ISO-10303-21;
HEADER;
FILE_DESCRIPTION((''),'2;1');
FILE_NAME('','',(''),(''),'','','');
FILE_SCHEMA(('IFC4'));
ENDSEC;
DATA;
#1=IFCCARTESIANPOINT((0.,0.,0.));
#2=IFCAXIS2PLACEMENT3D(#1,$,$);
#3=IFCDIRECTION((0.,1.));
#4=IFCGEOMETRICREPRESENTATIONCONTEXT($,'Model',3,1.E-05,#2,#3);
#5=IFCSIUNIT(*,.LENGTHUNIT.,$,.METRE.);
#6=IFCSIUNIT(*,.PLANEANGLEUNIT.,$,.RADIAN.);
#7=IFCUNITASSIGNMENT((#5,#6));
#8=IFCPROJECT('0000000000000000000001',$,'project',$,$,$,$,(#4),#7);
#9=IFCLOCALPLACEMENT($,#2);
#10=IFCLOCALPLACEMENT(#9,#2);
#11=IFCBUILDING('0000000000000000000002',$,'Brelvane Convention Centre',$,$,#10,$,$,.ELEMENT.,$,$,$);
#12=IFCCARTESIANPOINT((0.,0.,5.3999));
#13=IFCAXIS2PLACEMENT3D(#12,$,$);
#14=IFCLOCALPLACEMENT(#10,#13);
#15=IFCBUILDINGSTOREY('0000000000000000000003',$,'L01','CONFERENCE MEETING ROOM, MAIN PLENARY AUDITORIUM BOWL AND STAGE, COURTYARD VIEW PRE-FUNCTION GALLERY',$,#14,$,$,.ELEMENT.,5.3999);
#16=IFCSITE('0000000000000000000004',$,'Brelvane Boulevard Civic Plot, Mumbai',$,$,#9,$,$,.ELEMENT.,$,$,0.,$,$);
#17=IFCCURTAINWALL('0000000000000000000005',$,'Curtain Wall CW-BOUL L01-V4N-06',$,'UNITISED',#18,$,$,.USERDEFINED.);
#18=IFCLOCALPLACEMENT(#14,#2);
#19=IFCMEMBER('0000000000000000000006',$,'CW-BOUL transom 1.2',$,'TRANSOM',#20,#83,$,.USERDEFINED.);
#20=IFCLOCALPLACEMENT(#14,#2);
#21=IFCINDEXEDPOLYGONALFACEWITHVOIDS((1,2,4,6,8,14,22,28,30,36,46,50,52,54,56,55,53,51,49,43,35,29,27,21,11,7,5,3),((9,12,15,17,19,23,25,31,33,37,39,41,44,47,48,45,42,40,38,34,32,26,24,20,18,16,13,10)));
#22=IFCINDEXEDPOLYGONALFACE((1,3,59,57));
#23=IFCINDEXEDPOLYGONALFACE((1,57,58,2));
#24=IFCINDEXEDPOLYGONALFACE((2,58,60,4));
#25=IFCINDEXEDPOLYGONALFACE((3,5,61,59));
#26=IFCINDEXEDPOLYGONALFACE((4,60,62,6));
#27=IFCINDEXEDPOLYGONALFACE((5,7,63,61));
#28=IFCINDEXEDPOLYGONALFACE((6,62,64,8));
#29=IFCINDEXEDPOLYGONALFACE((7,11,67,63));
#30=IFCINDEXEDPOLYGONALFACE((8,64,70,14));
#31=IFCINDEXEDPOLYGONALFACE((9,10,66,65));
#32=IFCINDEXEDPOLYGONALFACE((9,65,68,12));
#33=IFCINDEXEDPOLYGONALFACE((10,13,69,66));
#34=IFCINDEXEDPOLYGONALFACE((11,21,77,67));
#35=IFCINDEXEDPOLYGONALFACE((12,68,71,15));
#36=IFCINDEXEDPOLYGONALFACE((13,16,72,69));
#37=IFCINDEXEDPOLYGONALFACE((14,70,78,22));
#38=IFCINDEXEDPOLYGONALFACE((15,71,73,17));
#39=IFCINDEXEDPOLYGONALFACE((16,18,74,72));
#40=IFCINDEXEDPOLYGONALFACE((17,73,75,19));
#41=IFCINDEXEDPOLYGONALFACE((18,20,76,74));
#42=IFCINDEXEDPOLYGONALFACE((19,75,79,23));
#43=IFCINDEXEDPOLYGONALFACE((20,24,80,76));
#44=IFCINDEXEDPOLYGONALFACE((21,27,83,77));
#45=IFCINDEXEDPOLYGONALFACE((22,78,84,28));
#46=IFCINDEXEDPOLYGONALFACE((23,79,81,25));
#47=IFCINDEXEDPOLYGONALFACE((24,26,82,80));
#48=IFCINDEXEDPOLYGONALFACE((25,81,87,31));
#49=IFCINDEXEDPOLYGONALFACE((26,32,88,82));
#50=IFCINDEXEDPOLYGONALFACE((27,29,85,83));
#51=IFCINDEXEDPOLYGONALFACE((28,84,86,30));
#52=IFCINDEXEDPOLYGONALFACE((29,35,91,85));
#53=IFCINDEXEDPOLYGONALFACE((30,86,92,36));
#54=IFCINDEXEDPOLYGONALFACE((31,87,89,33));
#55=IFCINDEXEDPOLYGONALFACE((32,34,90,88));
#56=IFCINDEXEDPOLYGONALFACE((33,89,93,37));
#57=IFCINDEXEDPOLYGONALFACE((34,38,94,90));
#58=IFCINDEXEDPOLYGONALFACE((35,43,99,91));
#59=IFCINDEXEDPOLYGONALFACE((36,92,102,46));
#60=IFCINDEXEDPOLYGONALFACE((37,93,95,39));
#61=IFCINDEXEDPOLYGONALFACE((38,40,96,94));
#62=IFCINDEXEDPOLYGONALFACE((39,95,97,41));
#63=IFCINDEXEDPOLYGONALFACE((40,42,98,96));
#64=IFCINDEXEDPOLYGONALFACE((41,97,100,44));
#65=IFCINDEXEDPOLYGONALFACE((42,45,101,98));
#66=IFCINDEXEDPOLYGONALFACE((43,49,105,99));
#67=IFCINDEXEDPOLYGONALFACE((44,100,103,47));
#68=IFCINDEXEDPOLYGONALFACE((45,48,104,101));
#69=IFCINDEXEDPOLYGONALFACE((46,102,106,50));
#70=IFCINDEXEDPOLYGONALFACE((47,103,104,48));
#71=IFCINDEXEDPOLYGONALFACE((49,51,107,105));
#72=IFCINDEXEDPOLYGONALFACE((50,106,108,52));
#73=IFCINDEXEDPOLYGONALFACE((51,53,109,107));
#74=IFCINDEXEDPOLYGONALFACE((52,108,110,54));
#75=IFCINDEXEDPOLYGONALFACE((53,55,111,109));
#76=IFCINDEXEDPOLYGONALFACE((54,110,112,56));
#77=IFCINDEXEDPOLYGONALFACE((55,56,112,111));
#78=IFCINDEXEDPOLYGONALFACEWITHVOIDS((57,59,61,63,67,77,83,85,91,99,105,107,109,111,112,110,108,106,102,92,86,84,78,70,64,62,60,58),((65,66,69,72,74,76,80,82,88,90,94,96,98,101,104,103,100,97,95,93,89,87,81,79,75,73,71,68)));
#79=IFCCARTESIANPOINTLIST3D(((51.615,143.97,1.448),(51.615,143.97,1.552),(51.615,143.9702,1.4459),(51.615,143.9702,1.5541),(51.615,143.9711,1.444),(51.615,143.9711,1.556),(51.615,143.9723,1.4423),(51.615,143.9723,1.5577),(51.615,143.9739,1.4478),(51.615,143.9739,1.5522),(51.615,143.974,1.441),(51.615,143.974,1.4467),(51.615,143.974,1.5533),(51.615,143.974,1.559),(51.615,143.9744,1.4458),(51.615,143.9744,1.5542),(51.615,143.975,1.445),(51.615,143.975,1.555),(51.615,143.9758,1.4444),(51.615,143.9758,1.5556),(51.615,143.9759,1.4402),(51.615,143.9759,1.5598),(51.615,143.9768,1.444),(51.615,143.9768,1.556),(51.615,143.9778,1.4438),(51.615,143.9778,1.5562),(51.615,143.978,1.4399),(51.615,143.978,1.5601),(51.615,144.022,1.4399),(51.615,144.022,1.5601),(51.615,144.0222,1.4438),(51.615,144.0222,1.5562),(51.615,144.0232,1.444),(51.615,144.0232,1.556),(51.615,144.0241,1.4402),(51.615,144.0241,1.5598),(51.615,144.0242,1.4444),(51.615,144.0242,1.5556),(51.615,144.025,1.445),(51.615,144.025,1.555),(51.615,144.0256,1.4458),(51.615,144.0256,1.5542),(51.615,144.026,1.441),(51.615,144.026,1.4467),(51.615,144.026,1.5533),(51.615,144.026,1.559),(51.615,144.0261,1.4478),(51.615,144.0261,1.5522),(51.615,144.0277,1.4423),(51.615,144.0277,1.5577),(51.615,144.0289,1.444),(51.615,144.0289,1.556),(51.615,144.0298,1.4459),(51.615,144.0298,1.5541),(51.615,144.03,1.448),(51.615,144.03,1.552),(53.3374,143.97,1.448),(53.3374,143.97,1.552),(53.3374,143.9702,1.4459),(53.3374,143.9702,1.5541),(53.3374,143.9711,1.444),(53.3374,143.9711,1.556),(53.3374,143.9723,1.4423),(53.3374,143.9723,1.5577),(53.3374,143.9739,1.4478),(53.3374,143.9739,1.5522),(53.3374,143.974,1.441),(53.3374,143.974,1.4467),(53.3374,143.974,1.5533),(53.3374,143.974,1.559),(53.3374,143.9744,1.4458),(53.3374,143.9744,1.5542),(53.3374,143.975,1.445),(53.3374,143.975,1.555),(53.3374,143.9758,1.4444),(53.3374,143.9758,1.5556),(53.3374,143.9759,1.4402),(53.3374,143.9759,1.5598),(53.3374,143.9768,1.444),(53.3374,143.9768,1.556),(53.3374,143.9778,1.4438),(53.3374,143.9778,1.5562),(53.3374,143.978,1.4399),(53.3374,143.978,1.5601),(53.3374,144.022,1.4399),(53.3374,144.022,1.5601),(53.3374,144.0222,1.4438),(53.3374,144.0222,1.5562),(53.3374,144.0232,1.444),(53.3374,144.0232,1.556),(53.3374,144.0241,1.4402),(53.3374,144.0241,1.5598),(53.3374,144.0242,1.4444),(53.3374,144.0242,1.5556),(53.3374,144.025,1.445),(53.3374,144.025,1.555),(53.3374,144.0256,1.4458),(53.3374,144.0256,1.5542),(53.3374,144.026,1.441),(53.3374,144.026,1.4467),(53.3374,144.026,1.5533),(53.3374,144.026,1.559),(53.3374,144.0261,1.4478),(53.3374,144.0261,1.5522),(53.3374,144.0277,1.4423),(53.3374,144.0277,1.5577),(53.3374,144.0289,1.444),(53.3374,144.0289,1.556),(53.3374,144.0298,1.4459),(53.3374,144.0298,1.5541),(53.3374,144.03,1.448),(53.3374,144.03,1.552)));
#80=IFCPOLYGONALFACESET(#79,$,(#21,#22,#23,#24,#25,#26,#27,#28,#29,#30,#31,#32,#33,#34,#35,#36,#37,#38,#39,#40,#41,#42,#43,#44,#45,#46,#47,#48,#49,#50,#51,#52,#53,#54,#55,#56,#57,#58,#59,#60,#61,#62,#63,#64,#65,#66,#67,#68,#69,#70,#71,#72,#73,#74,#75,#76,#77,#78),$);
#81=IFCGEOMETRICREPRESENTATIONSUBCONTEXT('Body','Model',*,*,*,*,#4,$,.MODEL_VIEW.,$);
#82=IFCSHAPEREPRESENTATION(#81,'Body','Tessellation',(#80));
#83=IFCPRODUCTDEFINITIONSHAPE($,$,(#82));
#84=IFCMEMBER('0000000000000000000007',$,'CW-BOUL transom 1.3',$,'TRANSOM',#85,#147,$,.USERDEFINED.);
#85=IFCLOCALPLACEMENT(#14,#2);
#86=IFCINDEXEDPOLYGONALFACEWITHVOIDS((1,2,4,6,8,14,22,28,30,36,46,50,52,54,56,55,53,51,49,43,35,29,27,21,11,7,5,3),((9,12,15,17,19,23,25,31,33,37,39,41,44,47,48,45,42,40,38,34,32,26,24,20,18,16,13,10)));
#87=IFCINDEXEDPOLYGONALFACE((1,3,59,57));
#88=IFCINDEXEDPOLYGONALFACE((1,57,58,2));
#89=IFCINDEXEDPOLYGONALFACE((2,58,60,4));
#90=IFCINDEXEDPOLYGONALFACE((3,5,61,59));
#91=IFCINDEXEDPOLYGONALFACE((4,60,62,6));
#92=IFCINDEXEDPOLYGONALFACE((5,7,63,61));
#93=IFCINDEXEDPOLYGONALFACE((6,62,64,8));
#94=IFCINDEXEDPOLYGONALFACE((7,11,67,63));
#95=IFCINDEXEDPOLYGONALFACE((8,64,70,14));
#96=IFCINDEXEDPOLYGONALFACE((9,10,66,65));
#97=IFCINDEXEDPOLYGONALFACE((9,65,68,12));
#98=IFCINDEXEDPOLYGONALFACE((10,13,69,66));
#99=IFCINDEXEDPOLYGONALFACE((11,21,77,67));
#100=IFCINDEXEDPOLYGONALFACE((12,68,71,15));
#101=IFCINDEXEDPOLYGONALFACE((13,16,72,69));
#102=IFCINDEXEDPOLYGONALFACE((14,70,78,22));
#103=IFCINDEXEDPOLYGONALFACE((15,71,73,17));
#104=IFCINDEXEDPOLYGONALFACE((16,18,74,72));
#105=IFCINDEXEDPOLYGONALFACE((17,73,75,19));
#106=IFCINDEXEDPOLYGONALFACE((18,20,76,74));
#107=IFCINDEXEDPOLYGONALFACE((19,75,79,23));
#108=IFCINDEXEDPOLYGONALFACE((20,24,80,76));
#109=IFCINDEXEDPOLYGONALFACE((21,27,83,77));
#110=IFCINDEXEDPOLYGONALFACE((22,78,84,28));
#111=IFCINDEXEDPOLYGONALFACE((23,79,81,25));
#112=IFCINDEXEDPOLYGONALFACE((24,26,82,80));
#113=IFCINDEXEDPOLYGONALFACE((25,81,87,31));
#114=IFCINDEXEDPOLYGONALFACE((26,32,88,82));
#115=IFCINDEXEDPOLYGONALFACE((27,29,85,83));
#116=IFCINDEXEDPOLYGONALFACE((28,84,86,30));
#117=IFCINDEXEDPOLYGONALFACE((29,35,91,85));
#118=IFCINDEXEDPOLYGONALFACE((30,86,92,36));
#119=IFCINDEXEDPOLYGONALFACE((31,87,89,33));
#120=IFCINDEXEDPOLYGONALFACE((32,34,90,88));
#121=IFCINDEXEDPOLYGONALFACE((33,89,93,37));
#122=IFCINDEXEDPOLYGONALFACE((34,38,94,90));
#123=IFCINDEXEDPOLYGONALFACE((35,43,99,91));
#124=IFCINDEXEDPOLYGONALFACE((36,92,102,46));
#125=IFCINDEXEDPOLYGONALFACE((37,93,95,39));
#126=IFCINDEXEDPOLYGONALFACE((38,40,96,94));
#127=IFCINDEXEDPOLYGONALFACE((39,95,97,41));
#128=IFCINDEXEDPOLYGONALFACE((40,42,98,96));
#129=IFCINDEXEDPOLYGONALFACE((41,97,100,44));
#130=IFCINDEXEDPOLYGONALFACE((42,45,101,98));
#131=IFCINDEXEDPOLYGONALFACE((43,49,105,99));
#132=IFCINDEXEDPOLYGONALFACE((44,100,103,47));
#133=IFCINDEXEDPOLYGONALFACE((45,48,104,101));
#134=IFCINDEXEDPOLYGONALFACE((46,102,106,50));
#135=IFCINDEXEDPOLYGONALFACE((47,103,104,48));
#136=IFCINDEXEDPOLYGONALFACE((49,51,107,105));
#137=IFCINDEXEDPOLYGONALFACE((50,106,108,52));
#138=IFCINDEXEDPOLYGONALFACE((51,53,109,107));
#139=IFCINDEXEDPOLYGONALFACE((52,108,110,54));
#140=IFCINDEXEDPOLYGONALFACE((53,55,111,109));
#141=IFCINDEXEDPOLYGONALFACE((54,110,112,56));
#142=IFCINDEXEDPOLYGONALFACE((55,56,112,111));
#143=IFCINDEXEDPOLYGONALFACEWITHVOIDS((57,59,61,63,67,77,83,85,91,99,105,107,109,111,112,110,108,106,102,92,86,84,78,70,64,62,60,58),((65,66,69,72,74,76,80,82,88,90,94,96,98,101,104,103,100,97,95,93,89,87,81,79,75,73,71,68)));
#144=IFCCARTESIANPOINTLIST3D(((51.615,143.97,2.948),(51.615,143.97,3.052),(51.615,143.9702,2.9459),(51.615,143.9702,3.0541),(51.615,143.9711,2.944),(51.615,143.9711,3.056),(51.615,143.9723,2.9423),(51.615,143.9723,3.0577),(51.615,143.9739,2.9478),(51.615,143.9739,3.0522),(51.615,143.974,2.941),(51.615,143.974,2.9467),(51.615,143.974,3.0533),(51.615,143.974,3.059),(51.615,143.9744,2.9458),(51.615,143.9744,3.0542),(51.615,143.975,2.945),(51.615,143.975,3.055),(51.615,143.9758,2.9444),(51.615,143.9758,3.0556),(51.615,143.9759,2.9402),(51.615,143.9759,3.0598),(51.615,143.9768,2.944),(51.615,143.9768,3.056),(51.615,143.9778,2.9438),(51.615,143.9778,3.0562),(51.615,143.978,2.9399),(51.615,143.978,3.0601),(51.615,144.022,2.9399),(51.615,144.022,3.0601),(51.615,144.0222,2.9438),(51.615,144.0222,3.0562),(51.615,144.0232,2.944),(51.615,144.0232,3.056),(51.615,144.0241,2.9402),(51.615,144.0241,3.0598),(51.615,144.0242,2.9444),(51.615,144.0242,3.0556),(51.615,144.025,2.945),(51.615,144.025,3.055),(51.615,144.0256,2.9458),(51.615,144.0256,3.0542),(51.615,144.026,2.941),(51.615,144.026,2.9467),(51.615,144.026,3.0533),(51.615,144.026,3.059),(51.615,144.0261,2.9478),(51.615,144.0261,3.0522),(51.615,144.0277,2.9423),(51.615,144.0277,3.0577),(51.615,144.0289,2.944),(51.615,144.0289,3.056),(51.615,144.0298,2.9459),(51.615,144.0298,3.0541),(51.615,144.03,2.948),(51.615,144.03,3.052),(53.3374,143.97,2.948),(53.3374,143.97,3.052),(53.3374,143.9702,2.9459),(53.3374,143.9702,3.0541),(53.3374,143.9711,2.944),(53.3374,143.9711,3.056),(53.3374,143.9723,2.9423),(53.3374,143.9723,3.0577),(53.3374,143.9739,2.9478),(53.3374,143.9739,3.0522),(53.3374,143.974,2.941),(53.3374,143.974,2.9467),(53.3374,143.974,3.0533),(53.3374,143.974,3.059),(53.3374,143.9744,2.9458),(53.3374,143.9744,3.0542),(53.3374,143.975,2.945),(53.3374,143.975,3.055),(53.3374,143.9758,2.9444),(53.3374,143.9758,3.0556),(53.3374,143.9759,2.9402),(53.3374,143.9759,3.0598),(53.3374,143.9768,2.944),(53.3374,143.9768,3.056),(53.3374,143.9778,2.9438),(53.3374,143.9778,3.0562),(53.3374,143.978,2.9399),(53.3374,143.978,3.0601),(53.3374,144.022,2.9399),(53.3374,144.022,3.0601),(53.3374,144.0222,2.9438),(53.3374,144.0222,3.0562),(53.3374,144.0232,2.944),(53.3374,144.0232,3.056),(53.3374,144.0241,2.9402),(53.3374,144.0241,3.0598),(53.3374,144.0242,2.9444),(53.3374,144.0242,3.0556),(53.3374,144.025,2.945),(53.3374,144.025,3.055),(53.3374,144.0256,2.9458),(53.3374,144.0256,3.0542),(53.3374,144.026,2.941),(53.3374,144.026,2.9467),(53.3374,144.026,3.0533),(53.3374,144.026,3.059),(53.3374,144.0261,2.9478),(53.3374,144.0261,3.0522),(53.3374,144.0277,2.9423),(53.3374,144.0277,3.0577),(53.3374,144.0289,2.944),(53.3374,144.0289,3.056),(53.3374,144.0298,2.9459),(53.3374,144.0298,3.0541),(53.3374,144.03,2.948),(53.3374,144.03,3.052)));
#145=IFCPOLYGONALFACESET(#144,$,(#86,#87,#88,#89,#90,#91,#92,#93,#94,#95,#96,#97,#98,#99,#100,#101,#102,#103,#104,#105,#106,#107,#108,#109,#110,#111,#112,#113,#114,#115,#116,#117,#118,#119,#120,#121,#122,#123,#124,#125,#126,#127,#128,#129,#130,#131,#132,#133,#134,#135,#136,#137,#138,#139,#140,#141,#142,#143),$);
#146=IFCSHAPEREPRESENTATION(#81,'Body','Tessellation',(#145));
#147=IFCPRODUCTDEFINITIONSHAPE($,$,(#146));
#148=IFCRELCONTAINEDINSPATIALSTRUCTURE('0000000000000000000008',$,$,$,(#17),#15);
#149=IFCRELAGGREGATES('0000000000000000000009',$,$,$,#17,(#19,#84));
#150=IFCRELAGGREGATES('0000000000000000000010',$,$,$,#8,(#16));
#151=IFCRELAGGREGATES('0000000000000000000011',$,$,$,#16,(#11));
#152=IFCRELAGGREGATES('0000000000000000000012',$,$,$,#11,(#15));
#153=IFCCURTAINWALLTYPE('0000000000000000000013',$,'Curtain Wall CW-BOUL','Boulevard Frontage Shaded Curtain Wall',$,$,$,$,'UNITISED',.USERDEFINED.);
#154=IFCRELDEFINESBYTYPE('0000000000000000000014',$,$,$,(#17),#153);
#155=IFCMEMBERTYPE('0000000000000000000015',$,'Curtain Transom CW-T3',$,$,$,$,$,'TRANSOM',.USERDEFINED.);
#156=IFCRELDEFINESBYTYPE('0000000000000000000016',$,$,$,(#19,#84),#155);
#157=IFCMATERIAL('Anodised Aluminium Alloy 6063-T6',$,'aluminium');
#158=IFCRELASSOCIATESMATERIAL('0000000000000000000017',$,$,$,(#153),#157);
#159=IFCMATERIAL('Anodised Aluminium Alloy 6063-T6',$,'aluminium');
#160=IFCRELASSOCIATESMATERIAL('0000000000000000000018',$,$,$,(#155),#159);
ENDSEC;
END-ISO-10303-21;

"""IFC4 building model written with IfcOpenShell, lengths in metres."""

from ifc_helpers import new_model, si_unit, direction, frame, origin, origin_2d, place, context, subcontext, project, spatial, hollow_rectangle, extrude, material, material_profile, profile_set, type_object, element, aggregate, save


model = new_model("IFC4")

# Units and contexts
model_context = context("Model", 3, precision=1e-05, world=origin(), true_north=direction((0.0, 1.0)))
body_context = subcontext(model_context, "Body", "Model", "MODEL_VIEW")
ifc_project = project(units=[si_unit("LENGTHUNIT", "METRE"), si_unit("PLANEANGLEUNIT", "RADIAN")], contexts=[model_context])

# Site, building, storey
site_placement = place(None, origin())
site = spatial("IfcSite", under=ifc_project, at=site_placement, Name="Brelvane Boulevard Civic Plot, Mumbai", CompositionType="ELEMENT", RefElevation=0.0)
building_placement = place(site_placement, origin())
building = spatial("IfcBuilding", under=site, at=building_placement, Name="Brelvane Convention Centre", CompositionType="ELEMENT")
storey_placement = place(building_placement, frame((0.0, 0.0, 5.3999)))
storey = spatial("IfcBuildingStorey", under=building, at=storey_placement, Name="L01", Description="CONFERENCE MEETING ROOM, MAIN PLENARY AUDITORIUM BOWL AND STAGE, COURTYARD VIEW PRE-FUNCTION GALLERY", CompositionType="ELEMENT", Elevation=5.3999)

# Curtain wall, members
ifc_material_1 = material(Name="Anodised Aluminium Alloy 6063-T6", Category="aluminium")
curtain_wall_type = type_object("IfcCurtainWallType", Name="Curtain Wall CW-BOUL", Description="Boulevard Frontage Shaded Curtain Wall", ElementType="UNITISED", PredefinedType="USERDEFINED", material=ifc_material_1)
curtain_wall_placement = place(storey_placement, origin())
curtain_wall = element("IfcCurtainWall", 1, at=curtain_wall_placement, inside=storey, type_object=curtain_wall_type, Name="Curtain Wall CW-BOUL L01-V4N-06", ObjectType="UNITISED", PredefinedType="USERDEFINED")
ifc_material_2 = material(Name="Anodised Aluminium Alloy 6063-T6", Category="aluminium")
ifc_material_profile_1 = material_profile(ifc_material_2, hollow_rectangle(XDim=0.0601, YDim=0.1201, WallThickness=0.0039, InnerFilletRadius=0.0039, OuterFilletRadius=0.0081, at=origin_2d()), Name="ALU-T 120x60x4.0")
ifc_profile_set_1 = profile_set([ifc_material_profile_1], Name="Anodised Aluminium Alloy 6063-T6")
member_type_1 = type_object("IfcMemberType", Name="Curtain Transom CW-T3", ElementType="TRANSOM", PredefinedType="USERDEFINED", material=ifc_profile_set_1)
member_1_placement = place(storey_placement, frame((51.615, 144.0, 1.5), z_axis=(1.0, 0.0, 0.0), x_axis=(0.0, 1.0, 0.0)))
member_1 = element("IfcMember", 2, at=member_1_placement, type_object=member_type_1, Name="CW-BOUL transom 1.2", ObjectType="TRANSOM", PredefinedType="USERDEFINED", context=body_context, shape_type="SweptSolid", body=[
    extrude(hollow_rectangle(XDim=0.0601, YDim=0.1201, WallThickness=0.0039, InnerFilletRadius=0.0039, OuterFilletRadius=0.0081, at=origin_2d()), origin(), (0.0, 0.0, 1.0), 1.7224),
])
member_2_placement = place(storey_placement, frame((51.615, 144.0, 3.0), z_axis=(1.0, 0.0, 0.0), x_axis=(0.0, 1.0, 0.0)))
member_2 = element("IfcMember", 3, at=member_2_placement, type_object=member_type_1, Name="CW-BOUL transom 1.3", ObjectType="TRANSOM", PredefinedType="USERDEFINED", context=body_context, shape_type="SweptSolid", body=[
    extrude(hollow_rectangle(XDim=0.0601, YDim=0.1201, WallThickness=0.0039, InnerFilletRadius=0.0039, OuterFilletRadius=0.0081, at=origin_2d()), origin(), (0.0, 0.0, 1.0), 1.7224),
])

aggregate(curtain_wall, [member_1, member_2])

save(model, "model.ifc")
